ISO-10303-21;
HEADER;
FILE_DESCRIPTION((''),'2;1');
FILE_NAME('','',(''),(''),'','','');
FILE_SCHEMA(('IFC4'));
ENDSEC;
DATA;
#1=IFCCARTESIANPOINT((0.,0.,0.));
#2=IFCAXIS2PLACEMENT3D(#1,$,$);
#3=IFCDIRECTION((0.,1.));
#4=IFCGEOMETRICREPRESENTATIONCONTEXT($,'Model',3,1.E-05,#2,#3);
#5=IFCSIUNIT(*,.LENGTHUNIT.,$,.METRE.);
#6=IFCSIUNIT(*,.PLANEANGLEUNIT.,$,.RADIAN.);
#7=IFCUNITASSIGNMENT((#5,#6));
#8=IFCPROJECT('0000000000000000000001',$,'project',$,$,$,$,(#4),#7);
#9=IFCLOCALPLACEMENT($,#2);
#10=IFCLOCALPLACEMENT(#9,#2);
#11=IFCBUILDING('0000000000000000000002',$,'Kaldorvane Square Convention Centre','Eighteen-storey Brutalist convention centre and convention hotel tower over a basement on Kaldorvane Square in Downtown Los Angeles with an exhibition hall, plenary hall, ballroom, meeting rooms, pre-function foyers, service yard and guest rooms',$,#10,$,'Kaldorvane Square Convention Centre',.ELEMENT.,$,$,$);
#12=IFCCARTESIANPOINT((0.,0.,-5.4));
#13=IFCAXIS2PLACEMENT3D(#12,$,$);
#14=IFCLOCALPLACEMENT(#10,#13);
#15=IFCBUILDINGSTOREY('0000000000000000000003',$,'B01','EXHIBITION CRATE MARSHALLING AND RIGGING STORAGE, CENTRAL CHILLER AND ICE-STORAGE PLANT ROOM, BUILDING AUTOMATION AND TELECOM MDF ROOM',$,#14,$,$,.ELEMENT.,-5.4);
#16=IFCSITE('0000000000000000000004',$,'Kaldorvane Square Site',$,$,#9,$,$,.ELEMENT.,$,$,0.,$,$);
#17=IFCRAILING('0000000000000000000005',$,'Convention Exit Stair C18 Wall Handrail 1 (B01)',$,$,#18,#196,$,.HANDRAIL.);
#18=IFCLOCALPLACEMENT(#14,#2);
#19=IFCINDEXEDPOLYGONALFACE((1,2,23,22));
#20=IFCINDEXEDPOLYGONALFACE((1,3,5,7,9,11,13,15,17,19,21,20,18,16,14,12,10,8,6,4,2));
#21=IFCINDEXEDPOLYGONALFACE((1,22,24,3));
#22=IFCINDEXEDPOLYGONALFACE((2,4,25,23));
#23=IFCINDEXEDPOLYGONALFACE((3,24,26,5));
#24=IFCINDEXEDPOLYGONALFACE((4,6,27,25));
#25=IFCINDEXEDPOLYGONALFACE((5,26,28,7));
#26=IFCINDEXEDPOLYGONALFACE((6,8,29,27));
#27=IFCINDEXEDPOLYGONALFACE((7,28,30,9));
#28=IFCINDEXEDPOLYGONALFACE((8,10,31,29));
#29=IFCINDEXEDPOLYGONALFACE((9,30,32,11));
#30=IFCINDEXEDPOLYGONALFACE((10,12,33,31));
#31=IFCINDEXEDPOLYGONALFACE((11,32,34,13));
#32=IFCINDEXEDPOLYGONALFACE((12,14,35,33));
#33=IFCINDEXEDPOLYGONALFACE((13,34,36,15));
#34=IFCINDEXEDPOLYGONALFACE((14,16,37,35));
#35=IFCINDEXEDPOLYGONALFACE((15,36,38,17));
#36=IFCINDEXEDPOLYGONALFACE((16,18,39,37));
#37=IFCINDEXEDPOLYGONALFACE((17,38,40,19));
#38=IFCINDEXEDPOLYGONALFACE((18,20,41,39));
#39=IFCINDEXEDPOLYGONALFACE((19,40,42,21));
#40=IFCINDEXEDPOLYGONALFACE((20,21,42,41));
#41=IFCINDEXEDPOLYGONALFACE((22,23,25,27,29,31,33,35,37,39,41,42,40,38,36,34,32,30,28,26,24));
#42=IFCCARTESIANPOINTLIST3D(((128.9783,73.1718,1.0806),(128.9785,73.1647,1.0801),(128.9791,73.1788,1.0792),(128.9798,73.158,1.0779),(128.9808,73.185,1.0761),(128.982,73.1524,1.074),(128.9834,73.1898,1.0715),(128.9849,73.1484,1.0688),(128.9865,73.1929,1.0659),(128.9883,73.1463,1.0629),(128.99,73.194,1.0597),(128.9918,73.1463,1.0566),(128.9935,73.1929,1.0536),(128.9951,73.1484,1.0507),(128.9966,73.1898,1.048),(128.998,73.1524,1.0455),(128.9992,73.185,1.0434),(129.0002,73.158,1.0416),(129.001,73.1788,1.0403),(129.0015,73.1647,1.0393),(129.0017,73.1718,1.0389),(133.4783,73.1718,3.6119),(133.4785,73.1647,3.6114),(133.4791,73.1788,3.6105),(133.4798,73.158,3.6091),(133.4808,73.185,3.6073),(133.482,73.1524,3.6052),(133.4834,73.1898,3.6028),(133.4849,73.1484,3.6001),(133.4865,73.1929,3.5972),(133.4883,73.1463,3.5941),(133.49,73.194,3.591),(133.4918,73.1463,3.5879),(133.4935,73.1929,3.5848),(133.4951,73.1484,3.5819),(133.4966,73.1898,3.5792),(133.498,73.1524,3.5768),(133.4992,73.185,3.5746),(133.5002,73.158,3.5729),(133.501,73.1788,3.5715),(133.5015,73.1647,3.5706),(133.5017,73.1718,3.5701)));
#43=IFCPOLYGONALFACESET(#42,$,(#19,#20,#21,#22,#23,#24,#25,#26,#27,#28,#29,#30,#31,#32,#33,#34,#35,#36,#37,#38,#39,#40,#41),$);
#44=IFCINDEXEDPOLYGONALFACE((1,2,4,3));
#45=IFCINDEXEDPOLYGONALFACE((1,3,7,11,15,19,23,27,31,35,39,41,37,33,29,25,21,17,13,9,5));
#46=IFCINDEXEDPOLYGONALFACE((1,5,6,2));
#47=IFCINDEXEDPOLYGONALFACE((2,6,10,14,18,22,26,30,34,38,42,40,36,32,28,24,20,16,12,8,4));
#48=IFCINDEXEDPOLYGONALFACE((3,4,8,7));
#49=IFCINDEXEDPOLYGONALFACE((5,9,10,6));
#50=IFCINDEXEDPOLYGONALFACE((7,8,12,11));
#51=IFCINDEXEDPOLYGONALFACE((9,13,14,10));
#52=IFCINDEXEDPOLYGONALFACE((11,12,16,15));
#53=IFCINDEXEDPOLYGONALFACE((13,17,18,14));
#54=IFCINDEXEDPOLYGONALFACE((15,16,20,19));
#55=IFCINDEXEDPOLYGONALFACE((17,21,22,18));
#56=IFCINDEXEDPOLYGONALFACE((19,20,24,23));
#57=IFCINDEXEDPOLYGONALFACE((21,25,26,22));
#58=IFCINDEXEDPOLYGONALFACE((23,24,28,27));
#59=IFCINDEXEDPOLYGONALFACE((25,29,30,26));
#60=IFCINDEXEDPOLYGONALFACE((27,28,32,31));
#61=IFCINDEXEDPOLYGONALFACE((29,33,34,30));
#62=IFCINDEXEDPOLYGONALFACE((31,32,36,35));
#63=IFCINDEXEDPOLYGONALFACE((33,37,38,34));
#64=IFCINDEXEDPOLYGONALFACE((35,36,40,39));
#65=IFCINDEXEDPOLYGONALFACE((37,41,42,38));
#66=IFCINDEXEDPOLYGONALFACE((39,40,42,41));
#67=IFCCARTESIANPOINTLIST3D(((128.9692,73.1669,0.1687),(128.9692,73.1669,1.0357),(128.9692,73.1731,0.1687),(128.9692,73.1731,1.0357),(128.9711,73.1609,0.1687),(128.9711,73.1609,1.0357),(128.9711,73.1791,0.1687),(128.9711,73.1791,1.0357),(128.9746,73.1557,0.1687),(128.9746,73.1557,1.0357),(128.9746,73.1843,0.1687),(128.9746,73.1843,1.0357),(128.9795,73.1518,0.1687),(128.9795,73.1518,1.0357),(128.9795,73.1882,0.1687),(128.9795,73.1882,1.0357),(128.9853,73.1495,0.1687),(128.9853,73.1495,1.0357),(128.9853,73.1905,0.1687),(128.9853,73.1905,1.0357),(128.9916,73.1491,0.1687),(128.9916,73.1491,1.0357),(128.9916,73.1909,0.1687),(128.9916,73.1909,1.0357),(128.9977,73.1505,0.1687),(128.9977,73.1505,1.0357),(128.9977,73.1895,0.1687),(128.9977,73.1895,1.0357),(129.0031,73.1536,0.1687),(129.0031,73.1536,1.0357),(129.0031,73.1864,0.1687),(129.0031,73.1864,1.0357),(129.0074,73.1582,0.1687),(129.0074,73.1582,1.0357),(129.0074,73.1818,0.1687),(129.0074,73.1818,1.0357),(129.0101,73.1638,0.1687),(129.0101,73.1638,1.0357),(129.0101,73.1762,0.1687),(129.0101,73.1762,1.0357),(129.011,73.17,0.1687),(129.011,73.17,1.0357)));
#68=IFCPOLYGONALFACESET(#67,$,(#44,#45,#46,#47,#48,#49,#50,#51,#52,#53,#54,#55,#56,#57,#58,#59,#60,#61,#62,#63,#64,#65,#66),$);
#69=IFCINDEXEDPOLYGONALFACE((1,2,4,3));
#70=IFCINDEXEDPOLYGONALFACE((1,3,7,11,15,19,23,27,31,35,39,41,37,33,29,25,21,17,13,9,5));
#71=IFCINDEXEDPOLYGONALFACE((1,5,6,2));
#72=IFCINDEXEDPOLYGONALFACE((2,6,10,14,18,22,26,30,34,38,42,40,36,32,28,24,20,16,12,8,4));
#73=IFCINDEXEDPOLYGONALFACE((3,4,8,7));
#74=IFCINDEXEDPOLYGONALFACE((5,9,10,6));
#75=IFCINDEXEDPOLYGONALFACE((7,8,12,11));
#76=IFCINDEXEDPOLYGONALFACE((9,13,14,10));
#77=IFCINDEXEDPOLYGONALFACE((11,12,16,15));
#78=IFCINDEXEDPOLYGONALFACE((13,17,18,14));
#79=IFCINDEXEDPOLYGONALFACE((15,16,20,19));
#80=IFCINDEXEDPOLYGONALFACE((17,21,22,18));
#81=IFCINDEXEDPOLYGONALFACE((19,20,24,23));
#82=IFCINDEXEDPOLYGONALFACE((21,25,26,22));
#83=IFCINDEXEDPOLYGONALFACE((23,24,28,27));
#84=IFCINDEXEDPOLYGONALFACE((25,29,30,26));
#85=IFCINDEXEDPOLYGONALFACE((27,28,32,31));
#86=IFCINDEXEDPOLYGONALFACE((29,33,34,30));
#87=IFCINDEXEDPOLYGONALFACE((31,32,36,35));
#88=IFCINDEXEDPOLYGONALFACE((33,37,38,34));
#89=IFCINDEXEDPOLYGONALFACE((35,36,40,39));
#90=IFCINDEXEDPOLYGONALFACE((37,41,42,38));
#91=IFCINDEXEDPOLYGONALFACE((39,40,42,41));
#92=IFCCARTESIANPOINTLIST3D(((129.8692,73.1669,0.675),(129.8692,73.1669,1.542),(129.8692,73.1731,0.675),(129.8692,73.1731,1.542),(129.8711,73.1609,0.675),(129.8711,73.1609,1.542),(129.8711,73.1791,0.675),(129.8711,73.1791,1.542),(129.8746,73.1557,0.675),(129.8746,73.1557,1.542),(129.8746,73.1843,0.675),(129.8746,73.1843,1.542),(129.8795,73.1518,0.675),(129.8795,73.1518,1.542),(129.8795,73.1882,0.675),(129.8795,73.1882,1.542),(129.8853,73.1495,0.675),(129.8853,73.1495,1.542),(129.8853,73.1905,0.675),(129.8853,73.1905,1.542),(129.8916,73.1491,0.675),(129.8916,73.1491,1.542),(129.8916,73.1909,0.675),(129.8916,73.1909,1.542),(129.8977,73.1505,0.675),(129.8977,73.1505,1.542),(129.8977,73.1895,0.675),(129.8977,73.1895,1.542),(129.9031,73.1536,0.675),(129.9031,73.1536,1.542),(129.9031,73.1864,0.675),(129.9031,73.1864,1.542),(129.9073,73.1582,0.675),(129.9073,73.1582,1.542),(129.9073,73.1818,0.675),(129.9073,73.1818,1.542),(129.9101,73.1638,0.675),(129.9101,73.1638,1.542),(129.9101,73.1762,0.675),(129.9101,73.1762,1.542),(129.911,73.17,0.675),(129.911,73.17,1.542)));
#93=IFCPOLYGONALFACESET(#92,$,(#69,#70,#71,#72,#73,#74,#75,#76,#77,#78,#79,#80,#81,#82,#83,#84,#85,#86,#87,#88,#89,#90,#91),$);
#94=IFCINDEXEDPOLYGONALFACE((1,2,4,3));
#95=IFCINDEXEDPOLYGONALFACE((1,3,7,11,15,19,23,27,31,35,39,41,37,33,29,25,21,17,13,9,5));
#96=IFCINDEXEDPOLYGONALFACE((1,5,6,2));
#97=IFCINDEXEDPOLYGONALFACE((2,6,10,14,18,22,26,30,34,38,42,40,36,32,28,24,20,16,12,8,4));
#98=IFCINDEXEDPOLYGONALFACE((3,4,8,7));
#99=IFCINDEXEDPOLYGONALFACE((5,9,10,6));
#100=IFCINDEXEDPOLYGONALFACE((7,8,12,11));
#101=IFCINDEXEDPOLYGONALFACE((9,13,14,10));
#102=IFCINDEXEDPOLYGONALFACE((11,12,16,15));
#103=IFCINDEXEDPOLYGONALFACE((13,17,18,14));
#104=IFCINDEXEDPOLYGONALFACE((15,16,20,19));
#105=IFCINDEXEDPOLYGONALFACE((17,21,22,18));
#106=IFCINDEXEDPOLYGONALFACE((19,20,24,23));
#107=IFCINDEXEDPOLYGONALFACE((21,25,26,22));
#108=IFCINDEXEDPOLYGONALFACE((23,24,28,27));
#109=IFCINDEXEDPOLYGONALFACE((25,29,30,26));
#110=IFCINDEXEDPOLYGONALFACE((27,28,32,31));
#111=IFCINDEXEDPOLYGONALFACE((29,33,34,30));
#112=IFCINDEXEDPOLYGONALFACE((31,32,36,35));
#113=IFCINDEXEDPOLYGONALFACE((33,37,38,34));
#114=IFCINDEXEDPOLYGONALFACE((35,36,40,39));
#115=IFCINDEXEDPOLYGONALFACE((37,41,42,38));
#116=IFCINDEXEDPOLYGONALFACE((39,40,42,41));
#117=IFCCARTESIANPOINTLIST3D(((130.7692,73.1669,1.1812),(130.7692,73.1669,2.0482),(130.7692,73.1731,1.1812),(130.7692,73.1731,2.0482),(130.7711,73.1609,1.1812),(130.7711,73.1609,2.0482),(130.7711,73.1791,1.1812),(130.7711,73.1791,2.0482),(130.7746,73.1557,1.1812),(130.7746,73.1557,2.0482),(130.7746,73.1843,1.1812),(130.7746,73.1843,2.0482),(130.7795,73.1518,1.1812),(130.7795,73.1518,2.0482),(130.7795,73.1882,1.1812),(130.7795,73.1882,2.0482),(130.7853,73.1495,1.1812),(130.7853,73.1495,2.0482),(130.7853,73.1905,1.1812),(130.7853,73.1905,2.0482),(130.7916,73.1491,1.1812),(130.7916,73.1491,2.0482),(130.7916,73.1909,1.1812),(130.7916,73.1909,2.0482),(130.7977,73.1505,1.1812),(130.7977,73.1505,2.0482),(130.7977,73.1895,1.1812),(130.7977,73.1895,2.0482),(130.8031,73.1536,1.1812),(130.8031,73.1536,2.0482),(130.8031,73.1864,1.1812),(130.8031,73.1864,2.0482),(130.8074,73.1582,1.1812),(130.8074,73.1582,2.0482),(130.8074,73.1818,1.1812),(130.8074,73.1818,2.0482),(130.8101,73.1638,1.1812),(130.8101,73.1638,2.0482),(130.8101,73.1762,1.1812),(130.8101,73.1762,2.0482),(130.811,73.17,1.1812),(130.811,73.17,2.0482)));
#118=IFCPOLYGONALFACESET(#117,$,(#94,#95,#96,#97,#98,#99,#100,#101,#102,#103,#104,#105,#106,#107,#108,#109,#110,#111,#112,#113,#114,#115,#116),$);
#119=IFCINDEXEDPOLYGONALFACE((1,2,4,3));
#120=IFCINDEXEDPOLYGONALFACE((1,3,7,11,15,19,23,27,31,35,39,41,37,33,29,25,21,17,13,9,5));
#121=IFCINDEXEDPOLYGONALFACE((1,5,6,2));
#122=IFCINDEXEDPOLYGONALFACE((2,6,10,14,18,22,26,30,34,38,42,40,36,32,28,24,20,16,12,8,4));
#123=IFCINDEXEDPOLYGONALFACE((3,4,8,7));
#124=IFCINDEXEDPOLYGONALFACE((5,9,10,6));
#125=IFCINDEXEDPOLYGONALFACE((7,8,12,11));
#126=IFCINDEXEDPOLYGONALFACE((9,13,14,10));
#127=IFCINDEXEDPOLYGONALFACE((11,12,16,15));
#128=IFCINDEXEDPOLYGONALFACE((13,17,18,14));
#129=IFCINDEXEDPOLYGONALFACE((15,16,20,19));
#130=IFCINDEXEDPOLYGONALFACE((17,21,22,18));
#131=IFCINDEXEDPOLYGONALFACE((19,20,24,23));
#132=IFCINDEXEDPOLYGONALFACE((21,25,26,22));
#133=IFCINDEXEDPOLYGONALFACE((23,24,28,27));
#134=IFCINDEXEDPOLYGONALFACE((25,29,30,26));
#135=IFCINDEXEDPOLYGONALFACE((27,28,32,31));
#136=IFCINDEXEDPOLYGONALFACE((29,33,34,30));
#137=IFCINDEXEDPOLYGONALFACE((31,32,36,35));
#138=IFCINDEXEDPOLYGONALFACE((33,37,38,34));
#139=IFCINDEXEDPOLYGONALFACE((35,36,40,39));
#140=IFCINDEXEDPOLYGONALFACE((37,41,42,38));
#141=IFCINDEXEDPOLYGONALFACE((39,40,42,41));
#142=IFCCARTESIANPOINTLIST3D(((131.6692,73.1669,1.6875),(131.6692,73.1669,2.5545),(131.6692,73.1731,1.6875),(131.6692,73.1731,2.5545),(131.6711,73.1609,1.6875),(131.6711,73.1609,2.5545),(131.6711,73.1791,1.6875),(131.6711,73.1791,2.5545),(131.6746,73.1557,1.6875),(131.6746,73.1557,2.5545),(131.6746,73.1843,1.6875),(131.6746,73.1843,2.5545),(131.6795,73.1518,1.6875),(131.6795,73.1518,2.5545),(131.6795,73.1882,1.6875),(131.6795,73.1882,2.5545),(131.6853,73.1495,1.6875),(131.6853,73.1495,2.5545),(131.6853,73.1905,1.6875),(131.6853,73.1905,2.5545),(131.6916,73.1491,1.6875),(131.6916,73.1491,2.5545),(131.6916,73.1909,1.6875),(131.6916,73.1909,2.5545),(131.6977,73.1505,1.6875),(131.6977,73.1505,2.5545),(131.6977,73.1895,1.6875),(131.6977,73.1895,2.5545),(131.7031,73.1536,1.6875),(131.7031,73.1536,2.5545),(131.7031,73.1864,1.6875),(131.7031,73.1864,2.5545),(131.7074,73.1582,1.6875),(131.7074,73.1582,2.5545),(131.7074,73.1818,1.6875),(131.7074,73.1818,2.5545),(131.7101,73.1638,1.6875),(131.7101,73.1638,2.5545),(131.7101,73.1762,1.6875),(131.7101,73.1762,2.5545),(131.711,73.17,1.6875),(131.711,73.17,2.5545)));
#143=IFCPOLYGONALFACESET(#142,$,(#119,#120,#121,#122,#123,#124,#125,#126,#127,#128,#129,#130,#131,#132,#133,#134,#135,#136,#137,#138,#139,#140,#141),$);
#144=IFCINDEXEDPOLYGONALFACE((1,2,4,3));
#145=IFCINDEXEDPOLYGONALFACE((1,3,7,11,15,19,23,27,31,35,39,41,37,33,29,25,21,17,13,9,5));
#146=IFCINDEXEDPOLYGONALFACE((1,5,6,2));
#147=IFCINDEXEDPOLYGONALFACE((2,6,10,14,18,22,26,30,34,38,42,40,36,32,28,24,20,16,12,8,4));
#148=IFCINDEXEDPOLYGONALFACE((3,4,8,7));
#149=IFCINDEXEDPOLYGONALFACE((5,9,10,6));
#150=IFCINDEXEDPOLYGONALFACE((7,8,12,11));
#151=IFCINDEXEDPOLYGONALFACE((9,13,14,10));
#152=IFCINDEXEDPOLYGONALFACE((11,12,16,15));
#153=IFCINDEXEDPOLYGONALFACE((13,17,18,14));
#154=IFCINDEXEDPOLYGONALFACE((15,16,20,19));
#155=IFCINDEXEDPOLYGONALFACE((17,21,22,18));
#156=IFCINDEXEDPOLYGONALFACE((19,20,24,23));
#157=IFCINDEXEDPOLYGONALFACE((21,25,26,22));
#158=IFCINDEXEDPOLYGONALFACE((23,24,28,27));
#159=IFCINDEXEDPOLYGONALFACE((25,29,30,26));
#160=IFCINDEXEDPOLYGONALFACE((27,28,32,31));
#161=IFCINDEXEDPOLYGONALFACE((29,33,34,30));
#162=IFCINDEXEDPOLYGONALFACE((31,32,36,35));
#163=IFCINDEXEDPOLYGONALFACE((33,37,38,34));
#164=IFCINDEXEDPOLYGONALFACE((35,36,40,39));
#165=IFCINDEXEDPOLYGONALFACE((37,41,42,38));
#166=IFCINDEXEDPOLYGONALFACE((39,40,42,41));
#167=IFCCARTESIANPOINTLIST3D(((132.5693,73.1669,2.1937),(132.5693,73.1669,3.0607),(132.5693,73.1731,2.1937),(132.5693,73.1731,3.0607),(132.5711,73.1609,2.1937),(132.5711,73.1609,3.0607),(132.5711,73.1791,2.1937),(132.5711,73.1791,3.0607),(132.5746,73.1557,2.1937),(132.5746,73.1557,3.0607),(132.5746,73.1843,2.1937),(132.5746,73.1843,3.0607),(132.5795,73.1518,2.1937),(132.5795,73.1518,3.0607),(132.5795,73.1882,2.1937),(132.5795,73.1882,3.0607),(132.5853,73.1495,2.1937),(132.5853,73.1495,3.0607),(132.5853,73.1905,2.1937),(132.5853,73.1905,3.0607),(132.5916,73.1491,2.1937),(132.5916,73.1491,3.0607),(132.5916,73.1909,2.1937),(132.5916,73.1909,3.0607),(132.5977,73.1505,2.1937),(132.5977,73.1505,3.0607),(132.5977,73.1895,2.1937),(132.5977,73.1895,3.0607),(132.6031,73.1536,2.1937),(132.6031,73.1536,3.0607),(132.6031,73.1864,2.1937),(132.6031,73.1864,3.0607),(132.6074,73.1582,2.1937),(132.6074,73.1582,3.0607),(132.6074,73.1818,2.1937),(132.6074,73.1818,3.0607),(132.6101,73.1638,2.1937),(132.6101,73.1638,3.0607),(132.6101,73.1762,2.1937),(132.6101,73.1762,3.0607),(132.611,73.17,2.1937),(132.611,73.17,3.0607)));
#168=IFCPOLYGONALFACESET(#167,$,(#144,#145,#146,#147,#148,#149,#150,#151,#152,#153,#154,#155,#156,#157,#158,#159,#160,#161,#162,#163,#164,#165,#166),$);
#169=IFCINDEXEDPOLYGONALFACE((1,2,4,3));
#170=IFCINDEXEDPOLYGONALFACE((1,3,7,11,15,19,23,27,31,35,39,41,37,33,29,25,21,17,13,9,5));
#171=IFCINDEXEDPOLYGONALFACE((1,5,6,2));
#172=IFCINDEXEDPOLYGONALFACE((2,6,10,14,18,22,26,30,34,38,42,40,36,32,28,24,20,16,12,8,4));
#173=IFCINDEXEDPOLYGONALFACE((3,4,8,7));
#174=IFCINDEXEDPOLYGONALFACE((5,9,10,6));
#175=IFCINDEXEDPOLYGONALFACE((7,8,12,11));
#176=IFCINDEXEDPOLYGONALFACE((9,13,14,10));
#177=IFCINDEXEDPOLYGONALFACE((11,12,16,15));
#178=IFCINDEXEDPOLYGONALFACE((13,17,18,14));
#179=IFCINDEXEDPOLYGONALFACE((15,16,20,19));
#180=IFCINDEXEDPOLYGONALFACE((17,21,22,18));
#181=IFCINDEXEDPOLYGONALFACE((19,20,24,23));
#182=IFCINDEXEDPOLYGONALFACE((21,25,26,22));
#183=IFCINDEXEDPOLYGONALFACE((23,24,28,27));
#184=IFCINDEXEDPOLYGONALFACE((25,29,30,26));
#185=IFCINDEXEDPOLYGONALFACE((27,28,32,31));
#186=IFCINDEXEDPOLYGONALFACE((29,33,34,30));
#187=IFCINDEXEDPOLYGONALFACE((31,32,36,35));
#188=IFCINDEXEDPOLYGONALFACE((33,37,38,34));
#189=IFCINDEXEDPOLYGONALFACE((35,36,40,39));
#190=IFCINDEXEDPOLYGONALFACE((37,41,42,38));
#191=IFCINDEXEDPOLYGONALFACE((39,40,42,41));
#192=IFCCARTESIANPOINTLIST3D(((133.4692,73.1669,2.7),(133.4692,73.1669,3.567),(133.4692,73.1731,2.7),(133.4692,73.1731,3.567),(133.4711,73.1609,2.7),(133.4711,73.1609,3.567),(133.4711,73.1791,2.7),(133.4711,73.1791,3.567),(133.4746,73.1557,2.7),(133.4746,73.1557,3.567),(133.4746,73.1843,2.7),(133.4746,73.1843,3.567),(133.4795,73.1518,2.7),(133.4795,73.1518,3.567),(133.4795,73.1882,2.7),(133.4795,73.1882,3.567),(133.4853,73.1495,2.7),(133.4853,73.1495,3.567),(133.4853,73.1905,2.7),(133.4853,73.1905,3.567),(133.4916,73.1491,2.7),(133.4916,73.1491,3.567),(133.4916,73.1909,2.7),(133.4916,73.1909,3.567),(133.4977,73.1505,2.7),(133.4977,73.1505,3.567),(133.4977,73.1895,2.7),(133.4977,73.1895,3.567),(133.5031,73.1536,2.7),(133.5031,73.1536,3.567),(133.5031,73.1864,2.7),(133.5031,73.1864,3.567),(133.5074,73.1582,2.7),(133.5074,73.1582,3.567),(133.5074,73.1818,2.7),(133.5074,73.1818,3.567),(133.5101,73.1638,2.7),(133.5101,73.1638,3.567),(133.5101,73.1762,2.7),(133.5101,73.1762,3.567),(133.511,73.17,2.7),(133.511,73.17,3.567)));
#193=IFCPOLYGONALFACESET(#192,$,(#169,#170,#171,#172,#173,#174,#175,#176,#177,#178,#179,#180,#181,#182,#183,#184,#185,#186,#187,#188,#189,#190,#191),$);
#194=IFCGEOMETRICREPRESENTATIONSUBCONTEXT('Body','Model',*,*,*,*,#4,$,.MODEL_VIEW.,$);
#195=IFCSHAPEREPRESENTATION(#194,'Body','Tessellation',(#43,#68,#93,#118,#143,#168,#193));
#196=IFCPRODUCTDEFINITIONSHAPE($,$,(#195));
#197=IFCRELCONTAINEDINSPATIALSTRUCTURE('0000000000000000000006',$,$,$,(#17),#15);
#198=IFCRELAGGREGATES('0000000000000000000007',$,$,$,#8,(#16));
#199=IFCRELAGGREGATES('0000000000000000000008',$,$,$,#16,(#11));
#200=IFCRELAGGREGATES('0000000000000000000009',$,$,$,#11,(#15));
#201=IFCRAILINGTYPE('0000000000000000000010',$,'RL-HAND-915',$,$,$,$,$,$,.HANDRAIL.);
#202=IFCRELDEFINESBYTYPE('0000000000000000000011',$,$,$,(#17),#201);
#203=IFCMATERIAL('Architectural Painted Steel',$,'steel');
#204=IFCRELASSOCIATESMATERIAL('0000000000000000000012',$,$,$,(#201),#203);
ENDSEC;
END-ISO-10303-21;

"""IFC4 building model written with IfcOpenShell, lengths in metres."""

from ifc_helpers import new_model, si_unit, direction, frame, origin, origin_2d, place, context, subcontext, project, spatial, circle, extrude, material, type_object, element, save


model = new_model("IFC4")

# Units and contexts
model_context = context("Model", 3, precision=1e-05, world=origin(), true_north=direction((0.0, 1.0)))
body_context = subcontext(model_context, "Body", "Model", "MODEL_VIEW")
ifc_project = project(units=[si_unit("LENGTHUNIT", "METRE"), si_unit("PLANEANGLEUNIT", "RADIAN")], contexts=[model_context])

# Site, building, storey
site_placement = place(None, origin())
site = spatial("IfcSite", under=ifc_project, at=site_placement, Name="Kaldorvane Square Site", CompositionType="ELEMENT", RefElevation=0.0)
building_placement = place(site_placement, origin())
building = spatial("IfcBuilding", under=site, at=building_placement, Name="Kaldorvane Square Convention Centre", Description="Eighteen-storey Brutalist convention centre and convention hotel tower over a basement on Kaldorvane Square in Downtown Los Angeles with an exhibition hall, plenary hall, ballroom, meeting rooms, pre-function foyers, service yard and guest rooms", LongName="Kaldorvane Square Convention Centre", CompositionType="ELEMENT")
storey_placement = place(building_placement, frame((0.0, 0.0, -5.4)))
storey = spatial("IfcBuildingStorey", under=building, at=storey_placement, Name="B01", Description="EXHIBITION CRATE MARSHALLING AND RIGGING STORAGE, CENTRAL CHILLER AND ICE-STORAGE PLANT ROOM, BUILDING AUTOMATION AND TELECOM MDF ROOM", CompositionType="ELEMENT", Elevation=-5.4)

# Railing
ifc_material_1 = material(Name="Architectural Painted Steel", Category="steel")
railing_type = type_object("IfcRailingType", Name="RL-HAND-915", PredefinedType="HANDRAIL", material=ifc_material_1)
railing_placement = place(storey_placement, frame((128.99, 73.17, 0.1687)))
element("IfcRailing", 1, at=railing_placement, inside=storey, type_object=railing_type, Name="Convention Exit Stair C18 Wall Handrail 1 (B01)", PredefinedType="HANDRAIL", context=body_context, shape_type="SweptSolid", body=[
    extrude(circle(Radius=0.024, at=origin_2d()), frame((0.0, 0.0, 0.891), z_axis=(0.871576, 0.0, 0.490261), x_axis=(0.0, 1.0, 0.0)), (0.0, 0.0, 1.0), 5.1631),
    extrude(circle(Radius=0.021, at=origin_2d()), origin(), (0.0, 0.0, 1.0), 0.867),
    extrude(circle(Radius=0.021, at=origin_2d()), frame((0.9, 0.0, 0.5063)), (0.0, 0.0, 1.0), 0.867),
    extrude(circle(Radius=0.021, at=origin_2d()), frame((1.8, 0.0, 1.0125)), (0.0, 0.0, 1.0), 0.867),
    extrude(circle(Radius=0.021, at=origin_2d()), frame((2.7, 0.0, 1.5188)), (0.0, 0.0, 1.0), 0.867),
    extrude(circle(Radius=0.021, at=origin_2d()), frame((3.6, 0.0, 2.025)), (0.0, 0.0, 1.0), 0.867),
    extrude(circle(Radius=0.021, at=origin_2d()), frame((4.5, 0.0, 2.5312)), (0.0, 0.0, 1.0), 0.867),
])

save(model, "model.ifc")
